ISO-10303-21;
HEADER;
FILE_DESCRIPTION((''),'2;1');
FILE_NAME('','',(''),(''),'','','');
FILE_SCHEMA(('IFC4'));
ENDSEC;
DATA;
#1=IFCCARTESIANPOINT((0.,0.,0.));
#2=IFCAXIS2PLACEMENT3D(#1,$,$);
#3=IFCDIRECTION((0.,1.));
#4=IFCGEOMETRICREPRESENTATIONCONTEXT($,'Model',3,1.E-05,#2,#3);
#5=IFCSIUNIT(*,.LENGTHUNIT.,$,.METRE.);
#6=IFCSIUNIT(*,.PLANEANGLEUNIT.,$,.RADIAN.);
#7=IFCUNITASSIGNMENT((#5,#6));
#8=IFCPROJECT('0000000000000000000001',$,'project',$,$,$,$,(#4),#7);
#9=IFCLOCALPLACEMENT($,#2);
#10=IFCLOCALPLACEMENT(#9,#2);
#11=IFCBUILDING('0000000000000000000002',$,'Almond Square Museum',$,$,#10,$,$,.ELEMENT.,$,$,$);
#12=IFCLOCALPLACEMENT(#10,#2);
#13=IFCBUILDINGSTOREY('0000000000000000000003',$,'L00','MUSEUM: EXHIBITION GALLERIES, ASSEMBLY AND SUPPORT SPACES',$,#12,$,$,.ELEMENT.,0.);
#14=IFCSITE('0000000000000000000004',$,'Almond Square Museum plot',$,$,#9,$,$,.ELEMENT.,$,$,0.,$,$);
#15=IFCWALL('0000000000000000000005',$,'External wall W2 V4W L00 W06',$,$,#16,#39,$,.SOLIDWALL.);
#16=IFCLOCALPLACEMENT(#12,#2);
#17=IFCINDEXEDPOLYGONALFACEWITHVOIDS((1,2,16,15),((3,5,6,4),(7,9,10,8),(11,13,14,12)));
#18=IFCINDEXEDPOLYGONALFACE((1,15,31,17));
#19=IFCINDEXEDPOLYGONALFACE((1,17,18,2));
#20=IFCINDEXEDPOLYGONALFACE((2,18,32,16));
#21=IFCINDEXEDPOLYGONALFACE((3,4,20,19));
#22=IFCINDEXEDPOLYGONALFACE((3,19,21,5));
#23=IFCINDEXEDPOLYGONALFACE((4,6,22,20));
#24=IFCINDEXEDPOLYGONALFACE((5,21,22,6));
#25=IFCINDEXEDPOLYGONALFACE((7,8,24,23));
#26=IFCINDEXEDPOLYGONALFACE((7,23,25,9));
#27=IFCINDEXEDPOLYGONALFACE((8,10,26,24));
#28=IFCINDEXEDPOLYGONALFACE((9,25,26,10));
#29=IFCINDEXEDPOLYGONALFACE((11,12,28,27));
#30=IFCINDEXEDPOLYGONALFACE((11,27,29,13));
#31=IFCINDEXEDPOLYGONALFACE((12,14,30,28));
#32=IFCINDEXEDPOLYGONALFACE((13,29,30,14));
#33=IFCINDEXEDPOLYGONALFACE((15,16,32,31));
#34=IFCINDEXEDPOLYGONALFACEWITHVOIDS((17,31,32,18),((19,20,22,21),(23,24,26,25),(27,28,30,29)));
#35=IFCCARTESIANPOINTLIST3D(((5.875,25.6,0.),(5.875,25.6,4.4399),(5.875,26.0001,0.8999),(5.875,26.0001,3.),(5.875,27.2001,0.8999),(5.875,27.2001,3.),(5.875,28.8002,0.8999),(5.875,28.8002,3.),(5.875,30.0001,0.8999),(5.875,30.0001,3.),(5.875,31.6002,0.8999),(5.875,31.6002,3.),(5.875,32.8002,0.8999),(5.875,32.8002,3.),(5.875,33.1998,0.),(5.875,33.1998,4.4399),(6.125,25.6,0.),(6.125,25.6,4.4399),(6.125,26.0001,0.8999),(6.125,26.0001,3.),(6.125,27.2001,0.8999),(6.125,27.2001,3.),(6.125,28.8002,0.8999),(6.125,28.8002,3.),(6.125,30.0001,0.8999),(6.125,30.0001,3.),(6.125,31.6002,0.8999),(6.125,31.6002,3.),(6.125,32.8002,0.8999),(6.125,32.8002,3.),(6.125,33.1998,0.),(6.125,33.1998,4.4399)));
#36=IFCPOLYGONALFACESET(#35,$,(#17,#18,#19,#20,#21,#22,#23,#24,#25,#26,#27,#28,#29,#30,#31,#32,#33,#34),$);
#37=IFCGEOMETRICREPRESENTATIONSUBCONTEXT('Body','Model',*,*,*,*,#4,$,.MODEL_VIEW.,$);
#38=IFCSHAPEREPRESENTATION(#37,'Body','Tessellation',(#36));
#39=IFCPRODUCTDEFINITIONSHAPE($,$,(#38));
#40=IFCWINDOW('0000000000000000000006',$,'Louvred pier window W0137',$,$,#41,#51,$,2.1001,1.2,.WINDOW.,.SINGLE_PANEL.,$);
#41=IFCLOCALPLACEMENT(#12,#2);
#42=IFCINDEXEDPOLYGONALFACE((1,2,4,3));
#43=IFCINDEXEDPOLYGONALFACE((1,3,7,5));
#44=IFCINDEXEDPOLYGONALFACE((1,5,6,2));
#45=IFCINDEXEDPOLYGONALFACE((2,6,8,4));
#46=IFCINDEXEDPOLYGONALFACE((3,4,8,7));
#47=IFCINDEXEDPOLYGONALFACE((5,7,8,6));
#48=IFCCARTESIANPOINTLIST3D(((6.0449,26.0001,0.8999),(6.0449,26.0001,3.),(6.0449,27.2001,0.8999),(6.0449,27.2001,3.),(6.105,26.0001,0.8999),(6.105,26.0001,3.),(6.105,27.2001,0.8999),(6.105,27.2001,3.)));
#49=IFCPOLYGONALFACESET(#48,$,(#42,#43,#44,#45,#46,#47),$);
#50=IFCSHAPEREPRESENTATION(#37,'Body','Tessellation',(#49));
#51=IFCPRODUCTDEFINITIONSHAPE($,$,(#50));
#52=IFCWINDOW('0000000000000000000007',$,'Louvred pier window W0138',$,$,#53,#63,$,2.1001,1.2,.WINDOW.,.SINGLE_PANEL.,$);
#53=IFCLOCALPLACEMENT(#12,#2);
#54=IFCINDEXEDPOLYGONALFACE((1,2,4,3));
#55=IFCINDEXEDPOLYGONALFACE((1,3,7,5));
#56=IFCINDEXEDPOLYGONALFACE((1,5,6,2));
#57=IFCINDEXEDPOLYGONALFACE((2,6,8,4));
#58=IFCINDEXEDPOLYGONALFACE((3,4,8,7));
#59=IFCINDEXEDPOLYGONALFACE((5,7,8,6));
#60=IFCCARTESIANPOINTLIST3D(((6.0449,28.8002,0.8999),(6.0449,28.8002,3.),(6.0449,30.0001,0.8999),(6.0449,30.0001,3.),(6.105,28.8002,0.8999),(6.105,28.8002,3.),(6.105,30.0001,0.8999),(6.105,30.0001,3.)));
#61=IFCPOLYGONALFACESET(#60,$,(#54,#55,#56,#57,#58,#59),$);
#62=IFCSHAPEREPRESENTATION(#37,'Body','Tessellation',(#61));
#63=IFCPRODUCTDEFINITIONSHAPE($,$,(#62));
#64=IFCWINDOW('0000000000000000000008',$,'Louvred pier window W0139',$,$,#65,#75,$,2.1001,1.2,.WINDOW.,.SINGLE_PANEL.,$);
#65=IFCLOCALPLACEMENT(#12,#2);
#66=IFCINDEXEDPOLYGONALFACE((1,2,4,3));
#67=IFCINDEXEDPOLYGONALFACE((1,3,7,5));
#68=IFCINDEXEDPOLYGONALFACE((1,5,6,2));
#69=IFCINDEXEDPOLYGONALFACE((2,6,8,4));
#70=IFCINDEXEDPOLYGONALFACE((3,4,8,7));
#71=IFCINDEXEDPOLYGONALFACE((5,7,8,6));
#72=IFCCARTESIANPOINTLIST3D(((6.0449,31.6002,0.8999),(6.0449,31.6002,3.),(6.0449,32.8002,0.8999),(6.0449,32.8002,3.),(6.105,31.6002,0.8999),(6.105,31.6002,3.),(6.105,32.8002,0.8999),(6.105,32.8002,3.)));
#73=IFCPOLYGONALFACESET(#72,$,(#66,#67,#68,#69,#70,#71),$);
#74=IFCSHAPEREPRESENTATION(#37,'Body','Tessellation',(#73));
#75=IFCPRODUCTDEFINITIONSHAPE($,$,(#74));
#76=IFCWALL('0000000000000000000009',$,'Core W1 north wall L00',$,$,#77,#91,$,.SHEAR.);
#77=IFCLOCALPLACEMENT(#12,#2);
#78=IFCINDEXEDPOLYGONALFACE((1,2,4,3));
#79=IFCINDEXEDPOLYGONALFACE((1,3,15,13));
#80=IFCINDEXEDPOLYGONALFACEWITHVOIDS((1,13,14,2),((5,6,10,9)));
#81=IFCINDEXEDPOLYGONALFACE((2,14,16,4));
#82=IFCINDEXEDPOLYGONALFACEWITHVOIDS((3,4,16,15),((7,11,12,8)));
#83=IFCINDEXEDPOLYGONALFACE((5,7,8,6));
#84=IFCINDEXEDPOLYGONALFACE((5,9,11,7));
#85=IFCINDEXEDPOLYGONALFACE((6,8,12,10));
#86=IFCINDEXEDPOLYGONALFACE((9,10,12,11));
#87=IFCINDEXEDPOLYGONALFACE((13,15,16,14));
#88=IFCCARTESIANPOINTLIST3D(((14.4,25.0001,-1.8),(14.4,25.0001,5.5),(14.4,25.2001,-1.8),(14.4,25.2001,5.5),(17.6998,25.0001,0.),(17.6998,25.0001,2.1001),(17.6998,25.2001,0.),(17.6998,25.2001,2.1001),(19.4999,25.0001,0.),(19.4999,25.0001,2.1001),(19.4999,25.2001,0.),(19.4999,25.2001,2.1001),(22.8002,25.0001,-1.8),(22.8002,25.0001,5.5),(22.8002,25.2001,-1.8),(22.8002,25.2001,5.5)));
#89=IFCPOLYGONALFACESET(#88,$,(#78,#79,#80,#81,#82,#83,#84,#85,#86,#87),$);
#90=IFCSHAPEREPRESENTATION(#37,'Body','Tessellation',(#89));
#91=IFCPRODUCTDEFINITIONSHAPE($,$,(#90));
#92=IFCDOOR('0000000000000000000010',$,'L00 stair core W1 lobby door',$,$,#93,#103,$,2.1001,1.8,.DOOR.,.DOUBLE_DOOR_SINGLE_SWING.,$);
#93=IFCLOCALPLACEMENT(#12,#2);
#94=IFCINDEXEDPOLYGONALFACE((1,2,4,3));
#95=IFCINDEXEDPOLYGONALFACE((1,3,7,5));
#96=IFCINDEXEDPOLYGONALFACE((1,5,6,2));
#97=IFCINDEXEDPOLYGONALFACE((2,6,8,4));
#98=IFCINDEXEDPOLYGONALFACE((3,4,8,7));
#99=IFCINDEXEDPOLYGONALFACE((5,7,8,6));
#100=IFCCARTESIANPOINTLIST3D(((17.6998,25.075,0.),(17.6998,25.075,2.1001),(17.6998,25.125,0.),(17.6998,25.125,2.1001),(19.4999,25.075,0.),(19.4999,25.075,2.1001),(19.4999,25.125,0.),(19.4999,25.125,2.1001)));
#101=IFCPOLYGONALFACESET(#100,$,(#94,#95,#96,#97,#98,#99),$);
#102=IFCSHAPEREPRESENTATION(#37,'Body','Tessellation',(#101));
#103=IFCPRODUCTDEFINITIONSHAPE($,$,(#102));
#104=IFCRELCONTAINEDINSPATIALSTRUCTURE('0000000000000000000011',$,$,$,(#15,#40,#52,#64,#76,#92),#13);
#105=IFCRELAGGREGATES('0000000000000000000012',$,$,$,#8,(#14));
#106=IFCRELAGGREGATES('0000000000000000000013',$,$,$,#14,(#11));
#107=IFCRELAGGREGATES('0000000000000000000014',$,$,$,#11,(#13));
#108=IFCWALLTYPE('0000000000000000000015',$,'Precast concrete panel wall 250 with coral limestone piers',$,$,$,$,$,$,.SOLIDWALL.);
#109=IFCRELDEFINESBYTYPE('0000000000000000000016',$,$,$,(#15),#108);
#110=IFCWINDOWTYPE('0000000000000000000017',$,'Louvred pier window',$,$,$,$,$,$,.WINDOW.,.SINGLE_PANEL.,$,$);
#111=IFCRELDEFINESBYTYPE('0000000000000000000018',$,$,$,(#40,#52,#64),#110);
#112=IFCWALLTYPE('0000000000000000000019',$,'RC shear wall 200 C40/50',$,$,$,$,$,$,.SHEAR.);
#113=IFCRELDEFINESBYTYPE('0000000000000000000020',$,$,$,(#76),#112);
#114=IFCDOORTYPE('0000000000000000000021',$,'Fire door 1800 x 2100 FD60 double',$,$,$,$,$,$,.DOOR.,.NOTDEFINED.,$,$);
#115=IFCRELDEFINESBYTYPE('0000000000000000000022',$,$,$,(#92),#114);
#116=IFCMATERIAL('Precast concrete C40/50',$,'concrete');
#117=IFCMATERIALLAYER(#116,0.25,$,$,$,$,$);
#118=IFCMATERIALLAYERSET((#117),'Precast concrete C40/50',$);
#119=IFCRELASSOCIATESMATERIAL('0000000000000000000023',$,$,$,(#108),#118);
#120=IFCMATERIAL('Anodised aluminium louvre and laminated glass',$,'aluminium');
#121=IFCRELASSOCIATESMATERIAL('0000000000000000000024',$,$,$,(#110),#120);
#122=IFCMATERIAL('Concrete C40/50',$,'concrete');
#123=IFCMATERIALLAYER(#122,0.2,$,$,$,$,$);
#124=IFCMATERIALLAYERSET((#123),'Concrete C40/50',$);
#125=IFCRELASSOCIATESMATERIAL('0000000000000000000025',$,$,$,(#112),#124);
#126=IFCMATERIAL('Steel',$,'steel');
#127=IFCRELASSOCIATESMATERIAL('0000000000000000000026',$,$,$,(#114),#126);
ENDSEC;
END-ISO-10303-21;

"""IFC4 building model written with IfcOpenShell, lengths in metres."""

from ifc_helpers import new_model, si_unit, direction, frame, frame_2d, origin, place, context, subcontext, project, spatial, rectangle, extrude, material, layer, layer_set, type_object, element, fill, save


model = new_model("IFC4")

# Units and contexts
model_context = context("Model", 3, precision=1e-05, world=origin(), true_north=direction((0.0, 1.0)))
body_context = subcontext(model_context, "Body", "Model", "MODEL_VIEW")
ifc_project = project(units=[si_unit("LENGTHUNIT", "METRE"), si_unit("PLANEANGLEUNIT", "RADIAN")], contexts=[model_context])

# Site, building, storey
site_placement = place(None, origin())
site = spatial("IfcSite", under=ifc_project, at=site_placement, Name="Almond Square Museum plot", CompositionType="ELEMENT", RefElevation=0.0)
building_placement = place(site_placement, origin())
building = spatial("IfcBuilding", under=site, at=building_placement, Name="Almond Square Museum", CompositionType="ELEMENT")
storey_placement = place(building_placement, origin())
storey = spatial("IfcBuildingStorey", under=building, at=storey_placement, Name="L00", Description="MUSEUM: EXHIBITION GALLERIES, ASSEMBLY AND SUPPORT SPACES", CompositionType="ELEMENT", Elevation=0.0)

# Wall, openings, windows
ifc_material_1 = material(Name="Precast concrete C40/50", Category="concrete")
ifc_layer_1 = layer(ifc_material_1, 0.25)
ifc_layer_set_1 = layer_set([ifc_layer_1], Name="Precast concrete C40/50")
wall_type_1 = type_object("IfcWallType", Name="Precast concrete panel wall 250 with coral limestone piers", PredefinedType="SOLIDWALL", material=ifc_layer_set_1)
wall_1_placement = place(storey_placement, frame((6.0, 25.6001, 0.0), z_axis=(0.0, 0.0, 1.0), x_axis=(0.0, 1.0, 0.0)))
wall_1 = element("IfcWall", 1, at=wall_1_placement, inside=storey, type_object=wall_type_1, Name="External wall W2 V4W L00 W06", PredefinedType="SOLIDWALL", context=body_context, shape_type="SweptSolid", body=[
    extrude(rectangle(XDim=7.5999, YDim=0.25, at=frame_2d((3.7998, 0.0))), origin(), (0.0, 0.0, 1.0), 4.4399),
])
opening_1_placement = place(wall_1_placement, frame((0.3999, 0.0, 0.8999)))
opening_1 = element("IfcOpeningElement", 2, at=opening_1_placement, cuts=wall_1, PredefinedType="OPENING", context=body_context, shape_type="SweptSolid", body=[
    extrude(rectangle(XDim=1.2, YDim=2.1001, at=frame_2d((0.6001, 1.05))), frame((0.0, 0.135, 0.0), z_axis=(0.0, -1.0, 0.0), x_axis=(1.0, 0.0, 0.0)), (0.0, 0.0, 1.0), 0.27),
])
opening_2_placement = place(wall_1_placement, frame((3.2, 0.0, 0.8999)))
opening_2 = element("IfcOpeningElement", 3, at=opening_2_placement, cuts=wall_1, PredefinedType="OPENING", context=body_context, shape_type="SweptSolid", body=[
    extrude(rectangle(XDim=1.2, YDim=2.1001, at=frame_2d((0.6001, 1.05))), frame((0.0, 0.135, 0.0), z_axis=(0.0, -1.0, 0.0), x_axis=(1.0, 0.0, 0.0)), (0.0, 0.0, 1.0), 0.27),
])
opening_3_placement = place(wall_1_placement, frame((6.0, 0.0, 0.8999)))
opening_3 = element("IfcOpeningElement", 4, at=opening_3_placement, cuts=wall_1, PredefinedType="OPENING", context=body_context, shape_type="SweptSolid", body=[
    extrude(rectangle(XDim=1.2, YDim=2.1001, at=frame_2d((0.6001, 1.05))), frame((0.0, 0.135, 0.0), z_axis=(0.0, -1.0, 0.0), x_axis=(1.0, 0.0, 0.0)), (0.0, 0.0, 1.0), 0.27),
])
ifc_material_2 = material(Name="Anodised aluminium louvre and laminated glass", Category="aluminium")
window_type = type_object("IfcWindowType", Name="Louvred pier window", PartitioningType="SINGLE_PANEL", PredefinedType="WINDOW", material=ifc_material_2)
window_1_placement = place(opening_1_placement, origin())
window_1 = element("IfcWindow", 5, at=window_1_placement, inside=storey, type_object=window_type, Name="Louvred pier window W0137", OverallHeight=2.1001, OverallWidth=1.2, PartitioningType="SINGLE_PANEL", PredefinedType="WINDOW", context=body_context, shape_type="SweptSolid", body=[
    extrude(rectangle(XDim=1.2, YDim=2.1001, at=frame_2d((0.6001, 1.05))), frame((0.0, -0.0449, 0.0), z_axis=(0.0, -1.0, 0.0), x_axis=(1.0, 0.0, 0.0)), (0.0, 0.0, 1.0), 0.0601),
])
fill(opening_1, window_1)
window_2_placement = place(opening_2_placement, origin())
window_2 = element("IfcWindow", 6, at=window_2_placement, inside=storey, type_object=window_type, Name="Louvred pier window W0138", OverallHeight=2.1001, OverallWidth=1.2, PartitioningType="SINGLE_PANEL", PredefinedType="WINDOW", context=body_context, shape_type="SweptSolid", body=[
    extrude(rectangle(XDim=1.2, YDim=2.1001, at=frame_2d((0.6001, 1.05))), frame((0.0, -0.0449, 0.0), z_axis=(0.0, -1.0, 0.0), x_axis=(1.0, 0.0, 0.0)), (0.0, 0.0, 1.0), 0.0601),
])
fill(opening_2, window_2)
window_3_placement = place(opening_3_placement, origin())
window_3 = element("IfcWindow", 7, at=window_3_placement, inside=storey, type_object=window_type, Name="Louvred pier window W0139", OverallHeight=2.1001, OverallWidth=1.2, PartitioningType="SINGLE_PANEL", PredefinedType="WINDOW", context=body_context, shape_type="SweptSolid", body=[
    extrude(rectangle(XDim=1.2, YDim=2.1001, at=frame_2d((0.6001, 1.05))), frame((0.0, -0.0449, 0.0), z_axis=(0.0, -1.0, 0.0), x_axis=(1.0, 0.0, 0.0)), (0.0, 0.0, 1.0), 0.0601),
])
fill(opening_3, window_3)

# Wall, opening, door
ifc_material_3 = material(Name="Concrete C40/50", Category="concrete")
ifc_layer_2 = layer(ifc_material_3, 0.2)
ifc_layer_set_2 = layer_set([ifc_layer_2], Name="Concrete C40/50")
wall_type_2 = type_object("IfcWallType", Name="RC shear wall 200 C40/50", PredefinedType="SHEAR", material=ifc_layer_set_2)
wall_2_placement = place(storey_placement, frame((14.3999, 25.1001, -1.8), z_axis=(0.0, 0.0, 1.0), x_axis=(1.0, 0.0, 0.0)))
wall_2 = element("IfcWall", 8, at=wall_2_placement, inside=storey, type_object=wall_type_2, Name="Core W1 north wall L00", PredefinedType="SHEAR", context=body_context, shape_type="SweptSolid", body=[
    extrude(rectangle(XDim=8.4001, YDim=0.2, at=frame_2d((4.2002, 0.0))), origin(), (0.0, 0.0, 1.0), 7.3),
])
opening_4_placement = place(wall_2_placement, frame((3.3, 0.0, 1.8)))
opening_4 = element("IfcOpeningElement", 9, at=opening_4_placement, cuts=wall_2, PredefinedType="OPENING", context=body_context, shape_type="SweptSolid", body=[
    extrude(rectangle(XDim=1.8, YDim=2.1001, at=frame_2d((0.8999, 1.05))), frame((0.0, 0.1099, 0.0), z_axis=(0.0, -1.0, 0.0), x_axis=(1.0, 0.0, 0.0)), (0.0, 0.0, 1.0), 0.22),
])
ifc_material_4 = material(Name="Steel", Category="steel")
door_type_1 = type_object("IfcDoorType", Name="Fire door 1800 x 2100 FD60 double", OperationType="NOTDEFINED", PredefinedType="DOOR", material=ifc_material_4)
door_1_placement = place(opening_4_placement, origin())
door_1 = element("IfcDoor", 10, at=door_1_placement, inside=storey, type_object=door_type_1, Name="L00 stair core W1 lobby door", OperationType="DOUBLE_DOOR_SINGLE_SWING", OverallHeight=2.1001, OverallWidth=1.8, PredefinedType="DOOR", context=body_context, shape_type="SweptSolid", body=[
    extrude(rectangle(XDim=1.8, YDim=2.1001, at=frame_2d((0.8999, 1.05))), frame((0.0, 0.0249, 0.0), z_axis=(0.0, -1.0, 0.0), x_axis=(1.0, 0.0, 0.0)), (0.0, 0.0, 1.0), 0.05),
])
fill(opening_4, door_1)

save(model, "model.ifc")
